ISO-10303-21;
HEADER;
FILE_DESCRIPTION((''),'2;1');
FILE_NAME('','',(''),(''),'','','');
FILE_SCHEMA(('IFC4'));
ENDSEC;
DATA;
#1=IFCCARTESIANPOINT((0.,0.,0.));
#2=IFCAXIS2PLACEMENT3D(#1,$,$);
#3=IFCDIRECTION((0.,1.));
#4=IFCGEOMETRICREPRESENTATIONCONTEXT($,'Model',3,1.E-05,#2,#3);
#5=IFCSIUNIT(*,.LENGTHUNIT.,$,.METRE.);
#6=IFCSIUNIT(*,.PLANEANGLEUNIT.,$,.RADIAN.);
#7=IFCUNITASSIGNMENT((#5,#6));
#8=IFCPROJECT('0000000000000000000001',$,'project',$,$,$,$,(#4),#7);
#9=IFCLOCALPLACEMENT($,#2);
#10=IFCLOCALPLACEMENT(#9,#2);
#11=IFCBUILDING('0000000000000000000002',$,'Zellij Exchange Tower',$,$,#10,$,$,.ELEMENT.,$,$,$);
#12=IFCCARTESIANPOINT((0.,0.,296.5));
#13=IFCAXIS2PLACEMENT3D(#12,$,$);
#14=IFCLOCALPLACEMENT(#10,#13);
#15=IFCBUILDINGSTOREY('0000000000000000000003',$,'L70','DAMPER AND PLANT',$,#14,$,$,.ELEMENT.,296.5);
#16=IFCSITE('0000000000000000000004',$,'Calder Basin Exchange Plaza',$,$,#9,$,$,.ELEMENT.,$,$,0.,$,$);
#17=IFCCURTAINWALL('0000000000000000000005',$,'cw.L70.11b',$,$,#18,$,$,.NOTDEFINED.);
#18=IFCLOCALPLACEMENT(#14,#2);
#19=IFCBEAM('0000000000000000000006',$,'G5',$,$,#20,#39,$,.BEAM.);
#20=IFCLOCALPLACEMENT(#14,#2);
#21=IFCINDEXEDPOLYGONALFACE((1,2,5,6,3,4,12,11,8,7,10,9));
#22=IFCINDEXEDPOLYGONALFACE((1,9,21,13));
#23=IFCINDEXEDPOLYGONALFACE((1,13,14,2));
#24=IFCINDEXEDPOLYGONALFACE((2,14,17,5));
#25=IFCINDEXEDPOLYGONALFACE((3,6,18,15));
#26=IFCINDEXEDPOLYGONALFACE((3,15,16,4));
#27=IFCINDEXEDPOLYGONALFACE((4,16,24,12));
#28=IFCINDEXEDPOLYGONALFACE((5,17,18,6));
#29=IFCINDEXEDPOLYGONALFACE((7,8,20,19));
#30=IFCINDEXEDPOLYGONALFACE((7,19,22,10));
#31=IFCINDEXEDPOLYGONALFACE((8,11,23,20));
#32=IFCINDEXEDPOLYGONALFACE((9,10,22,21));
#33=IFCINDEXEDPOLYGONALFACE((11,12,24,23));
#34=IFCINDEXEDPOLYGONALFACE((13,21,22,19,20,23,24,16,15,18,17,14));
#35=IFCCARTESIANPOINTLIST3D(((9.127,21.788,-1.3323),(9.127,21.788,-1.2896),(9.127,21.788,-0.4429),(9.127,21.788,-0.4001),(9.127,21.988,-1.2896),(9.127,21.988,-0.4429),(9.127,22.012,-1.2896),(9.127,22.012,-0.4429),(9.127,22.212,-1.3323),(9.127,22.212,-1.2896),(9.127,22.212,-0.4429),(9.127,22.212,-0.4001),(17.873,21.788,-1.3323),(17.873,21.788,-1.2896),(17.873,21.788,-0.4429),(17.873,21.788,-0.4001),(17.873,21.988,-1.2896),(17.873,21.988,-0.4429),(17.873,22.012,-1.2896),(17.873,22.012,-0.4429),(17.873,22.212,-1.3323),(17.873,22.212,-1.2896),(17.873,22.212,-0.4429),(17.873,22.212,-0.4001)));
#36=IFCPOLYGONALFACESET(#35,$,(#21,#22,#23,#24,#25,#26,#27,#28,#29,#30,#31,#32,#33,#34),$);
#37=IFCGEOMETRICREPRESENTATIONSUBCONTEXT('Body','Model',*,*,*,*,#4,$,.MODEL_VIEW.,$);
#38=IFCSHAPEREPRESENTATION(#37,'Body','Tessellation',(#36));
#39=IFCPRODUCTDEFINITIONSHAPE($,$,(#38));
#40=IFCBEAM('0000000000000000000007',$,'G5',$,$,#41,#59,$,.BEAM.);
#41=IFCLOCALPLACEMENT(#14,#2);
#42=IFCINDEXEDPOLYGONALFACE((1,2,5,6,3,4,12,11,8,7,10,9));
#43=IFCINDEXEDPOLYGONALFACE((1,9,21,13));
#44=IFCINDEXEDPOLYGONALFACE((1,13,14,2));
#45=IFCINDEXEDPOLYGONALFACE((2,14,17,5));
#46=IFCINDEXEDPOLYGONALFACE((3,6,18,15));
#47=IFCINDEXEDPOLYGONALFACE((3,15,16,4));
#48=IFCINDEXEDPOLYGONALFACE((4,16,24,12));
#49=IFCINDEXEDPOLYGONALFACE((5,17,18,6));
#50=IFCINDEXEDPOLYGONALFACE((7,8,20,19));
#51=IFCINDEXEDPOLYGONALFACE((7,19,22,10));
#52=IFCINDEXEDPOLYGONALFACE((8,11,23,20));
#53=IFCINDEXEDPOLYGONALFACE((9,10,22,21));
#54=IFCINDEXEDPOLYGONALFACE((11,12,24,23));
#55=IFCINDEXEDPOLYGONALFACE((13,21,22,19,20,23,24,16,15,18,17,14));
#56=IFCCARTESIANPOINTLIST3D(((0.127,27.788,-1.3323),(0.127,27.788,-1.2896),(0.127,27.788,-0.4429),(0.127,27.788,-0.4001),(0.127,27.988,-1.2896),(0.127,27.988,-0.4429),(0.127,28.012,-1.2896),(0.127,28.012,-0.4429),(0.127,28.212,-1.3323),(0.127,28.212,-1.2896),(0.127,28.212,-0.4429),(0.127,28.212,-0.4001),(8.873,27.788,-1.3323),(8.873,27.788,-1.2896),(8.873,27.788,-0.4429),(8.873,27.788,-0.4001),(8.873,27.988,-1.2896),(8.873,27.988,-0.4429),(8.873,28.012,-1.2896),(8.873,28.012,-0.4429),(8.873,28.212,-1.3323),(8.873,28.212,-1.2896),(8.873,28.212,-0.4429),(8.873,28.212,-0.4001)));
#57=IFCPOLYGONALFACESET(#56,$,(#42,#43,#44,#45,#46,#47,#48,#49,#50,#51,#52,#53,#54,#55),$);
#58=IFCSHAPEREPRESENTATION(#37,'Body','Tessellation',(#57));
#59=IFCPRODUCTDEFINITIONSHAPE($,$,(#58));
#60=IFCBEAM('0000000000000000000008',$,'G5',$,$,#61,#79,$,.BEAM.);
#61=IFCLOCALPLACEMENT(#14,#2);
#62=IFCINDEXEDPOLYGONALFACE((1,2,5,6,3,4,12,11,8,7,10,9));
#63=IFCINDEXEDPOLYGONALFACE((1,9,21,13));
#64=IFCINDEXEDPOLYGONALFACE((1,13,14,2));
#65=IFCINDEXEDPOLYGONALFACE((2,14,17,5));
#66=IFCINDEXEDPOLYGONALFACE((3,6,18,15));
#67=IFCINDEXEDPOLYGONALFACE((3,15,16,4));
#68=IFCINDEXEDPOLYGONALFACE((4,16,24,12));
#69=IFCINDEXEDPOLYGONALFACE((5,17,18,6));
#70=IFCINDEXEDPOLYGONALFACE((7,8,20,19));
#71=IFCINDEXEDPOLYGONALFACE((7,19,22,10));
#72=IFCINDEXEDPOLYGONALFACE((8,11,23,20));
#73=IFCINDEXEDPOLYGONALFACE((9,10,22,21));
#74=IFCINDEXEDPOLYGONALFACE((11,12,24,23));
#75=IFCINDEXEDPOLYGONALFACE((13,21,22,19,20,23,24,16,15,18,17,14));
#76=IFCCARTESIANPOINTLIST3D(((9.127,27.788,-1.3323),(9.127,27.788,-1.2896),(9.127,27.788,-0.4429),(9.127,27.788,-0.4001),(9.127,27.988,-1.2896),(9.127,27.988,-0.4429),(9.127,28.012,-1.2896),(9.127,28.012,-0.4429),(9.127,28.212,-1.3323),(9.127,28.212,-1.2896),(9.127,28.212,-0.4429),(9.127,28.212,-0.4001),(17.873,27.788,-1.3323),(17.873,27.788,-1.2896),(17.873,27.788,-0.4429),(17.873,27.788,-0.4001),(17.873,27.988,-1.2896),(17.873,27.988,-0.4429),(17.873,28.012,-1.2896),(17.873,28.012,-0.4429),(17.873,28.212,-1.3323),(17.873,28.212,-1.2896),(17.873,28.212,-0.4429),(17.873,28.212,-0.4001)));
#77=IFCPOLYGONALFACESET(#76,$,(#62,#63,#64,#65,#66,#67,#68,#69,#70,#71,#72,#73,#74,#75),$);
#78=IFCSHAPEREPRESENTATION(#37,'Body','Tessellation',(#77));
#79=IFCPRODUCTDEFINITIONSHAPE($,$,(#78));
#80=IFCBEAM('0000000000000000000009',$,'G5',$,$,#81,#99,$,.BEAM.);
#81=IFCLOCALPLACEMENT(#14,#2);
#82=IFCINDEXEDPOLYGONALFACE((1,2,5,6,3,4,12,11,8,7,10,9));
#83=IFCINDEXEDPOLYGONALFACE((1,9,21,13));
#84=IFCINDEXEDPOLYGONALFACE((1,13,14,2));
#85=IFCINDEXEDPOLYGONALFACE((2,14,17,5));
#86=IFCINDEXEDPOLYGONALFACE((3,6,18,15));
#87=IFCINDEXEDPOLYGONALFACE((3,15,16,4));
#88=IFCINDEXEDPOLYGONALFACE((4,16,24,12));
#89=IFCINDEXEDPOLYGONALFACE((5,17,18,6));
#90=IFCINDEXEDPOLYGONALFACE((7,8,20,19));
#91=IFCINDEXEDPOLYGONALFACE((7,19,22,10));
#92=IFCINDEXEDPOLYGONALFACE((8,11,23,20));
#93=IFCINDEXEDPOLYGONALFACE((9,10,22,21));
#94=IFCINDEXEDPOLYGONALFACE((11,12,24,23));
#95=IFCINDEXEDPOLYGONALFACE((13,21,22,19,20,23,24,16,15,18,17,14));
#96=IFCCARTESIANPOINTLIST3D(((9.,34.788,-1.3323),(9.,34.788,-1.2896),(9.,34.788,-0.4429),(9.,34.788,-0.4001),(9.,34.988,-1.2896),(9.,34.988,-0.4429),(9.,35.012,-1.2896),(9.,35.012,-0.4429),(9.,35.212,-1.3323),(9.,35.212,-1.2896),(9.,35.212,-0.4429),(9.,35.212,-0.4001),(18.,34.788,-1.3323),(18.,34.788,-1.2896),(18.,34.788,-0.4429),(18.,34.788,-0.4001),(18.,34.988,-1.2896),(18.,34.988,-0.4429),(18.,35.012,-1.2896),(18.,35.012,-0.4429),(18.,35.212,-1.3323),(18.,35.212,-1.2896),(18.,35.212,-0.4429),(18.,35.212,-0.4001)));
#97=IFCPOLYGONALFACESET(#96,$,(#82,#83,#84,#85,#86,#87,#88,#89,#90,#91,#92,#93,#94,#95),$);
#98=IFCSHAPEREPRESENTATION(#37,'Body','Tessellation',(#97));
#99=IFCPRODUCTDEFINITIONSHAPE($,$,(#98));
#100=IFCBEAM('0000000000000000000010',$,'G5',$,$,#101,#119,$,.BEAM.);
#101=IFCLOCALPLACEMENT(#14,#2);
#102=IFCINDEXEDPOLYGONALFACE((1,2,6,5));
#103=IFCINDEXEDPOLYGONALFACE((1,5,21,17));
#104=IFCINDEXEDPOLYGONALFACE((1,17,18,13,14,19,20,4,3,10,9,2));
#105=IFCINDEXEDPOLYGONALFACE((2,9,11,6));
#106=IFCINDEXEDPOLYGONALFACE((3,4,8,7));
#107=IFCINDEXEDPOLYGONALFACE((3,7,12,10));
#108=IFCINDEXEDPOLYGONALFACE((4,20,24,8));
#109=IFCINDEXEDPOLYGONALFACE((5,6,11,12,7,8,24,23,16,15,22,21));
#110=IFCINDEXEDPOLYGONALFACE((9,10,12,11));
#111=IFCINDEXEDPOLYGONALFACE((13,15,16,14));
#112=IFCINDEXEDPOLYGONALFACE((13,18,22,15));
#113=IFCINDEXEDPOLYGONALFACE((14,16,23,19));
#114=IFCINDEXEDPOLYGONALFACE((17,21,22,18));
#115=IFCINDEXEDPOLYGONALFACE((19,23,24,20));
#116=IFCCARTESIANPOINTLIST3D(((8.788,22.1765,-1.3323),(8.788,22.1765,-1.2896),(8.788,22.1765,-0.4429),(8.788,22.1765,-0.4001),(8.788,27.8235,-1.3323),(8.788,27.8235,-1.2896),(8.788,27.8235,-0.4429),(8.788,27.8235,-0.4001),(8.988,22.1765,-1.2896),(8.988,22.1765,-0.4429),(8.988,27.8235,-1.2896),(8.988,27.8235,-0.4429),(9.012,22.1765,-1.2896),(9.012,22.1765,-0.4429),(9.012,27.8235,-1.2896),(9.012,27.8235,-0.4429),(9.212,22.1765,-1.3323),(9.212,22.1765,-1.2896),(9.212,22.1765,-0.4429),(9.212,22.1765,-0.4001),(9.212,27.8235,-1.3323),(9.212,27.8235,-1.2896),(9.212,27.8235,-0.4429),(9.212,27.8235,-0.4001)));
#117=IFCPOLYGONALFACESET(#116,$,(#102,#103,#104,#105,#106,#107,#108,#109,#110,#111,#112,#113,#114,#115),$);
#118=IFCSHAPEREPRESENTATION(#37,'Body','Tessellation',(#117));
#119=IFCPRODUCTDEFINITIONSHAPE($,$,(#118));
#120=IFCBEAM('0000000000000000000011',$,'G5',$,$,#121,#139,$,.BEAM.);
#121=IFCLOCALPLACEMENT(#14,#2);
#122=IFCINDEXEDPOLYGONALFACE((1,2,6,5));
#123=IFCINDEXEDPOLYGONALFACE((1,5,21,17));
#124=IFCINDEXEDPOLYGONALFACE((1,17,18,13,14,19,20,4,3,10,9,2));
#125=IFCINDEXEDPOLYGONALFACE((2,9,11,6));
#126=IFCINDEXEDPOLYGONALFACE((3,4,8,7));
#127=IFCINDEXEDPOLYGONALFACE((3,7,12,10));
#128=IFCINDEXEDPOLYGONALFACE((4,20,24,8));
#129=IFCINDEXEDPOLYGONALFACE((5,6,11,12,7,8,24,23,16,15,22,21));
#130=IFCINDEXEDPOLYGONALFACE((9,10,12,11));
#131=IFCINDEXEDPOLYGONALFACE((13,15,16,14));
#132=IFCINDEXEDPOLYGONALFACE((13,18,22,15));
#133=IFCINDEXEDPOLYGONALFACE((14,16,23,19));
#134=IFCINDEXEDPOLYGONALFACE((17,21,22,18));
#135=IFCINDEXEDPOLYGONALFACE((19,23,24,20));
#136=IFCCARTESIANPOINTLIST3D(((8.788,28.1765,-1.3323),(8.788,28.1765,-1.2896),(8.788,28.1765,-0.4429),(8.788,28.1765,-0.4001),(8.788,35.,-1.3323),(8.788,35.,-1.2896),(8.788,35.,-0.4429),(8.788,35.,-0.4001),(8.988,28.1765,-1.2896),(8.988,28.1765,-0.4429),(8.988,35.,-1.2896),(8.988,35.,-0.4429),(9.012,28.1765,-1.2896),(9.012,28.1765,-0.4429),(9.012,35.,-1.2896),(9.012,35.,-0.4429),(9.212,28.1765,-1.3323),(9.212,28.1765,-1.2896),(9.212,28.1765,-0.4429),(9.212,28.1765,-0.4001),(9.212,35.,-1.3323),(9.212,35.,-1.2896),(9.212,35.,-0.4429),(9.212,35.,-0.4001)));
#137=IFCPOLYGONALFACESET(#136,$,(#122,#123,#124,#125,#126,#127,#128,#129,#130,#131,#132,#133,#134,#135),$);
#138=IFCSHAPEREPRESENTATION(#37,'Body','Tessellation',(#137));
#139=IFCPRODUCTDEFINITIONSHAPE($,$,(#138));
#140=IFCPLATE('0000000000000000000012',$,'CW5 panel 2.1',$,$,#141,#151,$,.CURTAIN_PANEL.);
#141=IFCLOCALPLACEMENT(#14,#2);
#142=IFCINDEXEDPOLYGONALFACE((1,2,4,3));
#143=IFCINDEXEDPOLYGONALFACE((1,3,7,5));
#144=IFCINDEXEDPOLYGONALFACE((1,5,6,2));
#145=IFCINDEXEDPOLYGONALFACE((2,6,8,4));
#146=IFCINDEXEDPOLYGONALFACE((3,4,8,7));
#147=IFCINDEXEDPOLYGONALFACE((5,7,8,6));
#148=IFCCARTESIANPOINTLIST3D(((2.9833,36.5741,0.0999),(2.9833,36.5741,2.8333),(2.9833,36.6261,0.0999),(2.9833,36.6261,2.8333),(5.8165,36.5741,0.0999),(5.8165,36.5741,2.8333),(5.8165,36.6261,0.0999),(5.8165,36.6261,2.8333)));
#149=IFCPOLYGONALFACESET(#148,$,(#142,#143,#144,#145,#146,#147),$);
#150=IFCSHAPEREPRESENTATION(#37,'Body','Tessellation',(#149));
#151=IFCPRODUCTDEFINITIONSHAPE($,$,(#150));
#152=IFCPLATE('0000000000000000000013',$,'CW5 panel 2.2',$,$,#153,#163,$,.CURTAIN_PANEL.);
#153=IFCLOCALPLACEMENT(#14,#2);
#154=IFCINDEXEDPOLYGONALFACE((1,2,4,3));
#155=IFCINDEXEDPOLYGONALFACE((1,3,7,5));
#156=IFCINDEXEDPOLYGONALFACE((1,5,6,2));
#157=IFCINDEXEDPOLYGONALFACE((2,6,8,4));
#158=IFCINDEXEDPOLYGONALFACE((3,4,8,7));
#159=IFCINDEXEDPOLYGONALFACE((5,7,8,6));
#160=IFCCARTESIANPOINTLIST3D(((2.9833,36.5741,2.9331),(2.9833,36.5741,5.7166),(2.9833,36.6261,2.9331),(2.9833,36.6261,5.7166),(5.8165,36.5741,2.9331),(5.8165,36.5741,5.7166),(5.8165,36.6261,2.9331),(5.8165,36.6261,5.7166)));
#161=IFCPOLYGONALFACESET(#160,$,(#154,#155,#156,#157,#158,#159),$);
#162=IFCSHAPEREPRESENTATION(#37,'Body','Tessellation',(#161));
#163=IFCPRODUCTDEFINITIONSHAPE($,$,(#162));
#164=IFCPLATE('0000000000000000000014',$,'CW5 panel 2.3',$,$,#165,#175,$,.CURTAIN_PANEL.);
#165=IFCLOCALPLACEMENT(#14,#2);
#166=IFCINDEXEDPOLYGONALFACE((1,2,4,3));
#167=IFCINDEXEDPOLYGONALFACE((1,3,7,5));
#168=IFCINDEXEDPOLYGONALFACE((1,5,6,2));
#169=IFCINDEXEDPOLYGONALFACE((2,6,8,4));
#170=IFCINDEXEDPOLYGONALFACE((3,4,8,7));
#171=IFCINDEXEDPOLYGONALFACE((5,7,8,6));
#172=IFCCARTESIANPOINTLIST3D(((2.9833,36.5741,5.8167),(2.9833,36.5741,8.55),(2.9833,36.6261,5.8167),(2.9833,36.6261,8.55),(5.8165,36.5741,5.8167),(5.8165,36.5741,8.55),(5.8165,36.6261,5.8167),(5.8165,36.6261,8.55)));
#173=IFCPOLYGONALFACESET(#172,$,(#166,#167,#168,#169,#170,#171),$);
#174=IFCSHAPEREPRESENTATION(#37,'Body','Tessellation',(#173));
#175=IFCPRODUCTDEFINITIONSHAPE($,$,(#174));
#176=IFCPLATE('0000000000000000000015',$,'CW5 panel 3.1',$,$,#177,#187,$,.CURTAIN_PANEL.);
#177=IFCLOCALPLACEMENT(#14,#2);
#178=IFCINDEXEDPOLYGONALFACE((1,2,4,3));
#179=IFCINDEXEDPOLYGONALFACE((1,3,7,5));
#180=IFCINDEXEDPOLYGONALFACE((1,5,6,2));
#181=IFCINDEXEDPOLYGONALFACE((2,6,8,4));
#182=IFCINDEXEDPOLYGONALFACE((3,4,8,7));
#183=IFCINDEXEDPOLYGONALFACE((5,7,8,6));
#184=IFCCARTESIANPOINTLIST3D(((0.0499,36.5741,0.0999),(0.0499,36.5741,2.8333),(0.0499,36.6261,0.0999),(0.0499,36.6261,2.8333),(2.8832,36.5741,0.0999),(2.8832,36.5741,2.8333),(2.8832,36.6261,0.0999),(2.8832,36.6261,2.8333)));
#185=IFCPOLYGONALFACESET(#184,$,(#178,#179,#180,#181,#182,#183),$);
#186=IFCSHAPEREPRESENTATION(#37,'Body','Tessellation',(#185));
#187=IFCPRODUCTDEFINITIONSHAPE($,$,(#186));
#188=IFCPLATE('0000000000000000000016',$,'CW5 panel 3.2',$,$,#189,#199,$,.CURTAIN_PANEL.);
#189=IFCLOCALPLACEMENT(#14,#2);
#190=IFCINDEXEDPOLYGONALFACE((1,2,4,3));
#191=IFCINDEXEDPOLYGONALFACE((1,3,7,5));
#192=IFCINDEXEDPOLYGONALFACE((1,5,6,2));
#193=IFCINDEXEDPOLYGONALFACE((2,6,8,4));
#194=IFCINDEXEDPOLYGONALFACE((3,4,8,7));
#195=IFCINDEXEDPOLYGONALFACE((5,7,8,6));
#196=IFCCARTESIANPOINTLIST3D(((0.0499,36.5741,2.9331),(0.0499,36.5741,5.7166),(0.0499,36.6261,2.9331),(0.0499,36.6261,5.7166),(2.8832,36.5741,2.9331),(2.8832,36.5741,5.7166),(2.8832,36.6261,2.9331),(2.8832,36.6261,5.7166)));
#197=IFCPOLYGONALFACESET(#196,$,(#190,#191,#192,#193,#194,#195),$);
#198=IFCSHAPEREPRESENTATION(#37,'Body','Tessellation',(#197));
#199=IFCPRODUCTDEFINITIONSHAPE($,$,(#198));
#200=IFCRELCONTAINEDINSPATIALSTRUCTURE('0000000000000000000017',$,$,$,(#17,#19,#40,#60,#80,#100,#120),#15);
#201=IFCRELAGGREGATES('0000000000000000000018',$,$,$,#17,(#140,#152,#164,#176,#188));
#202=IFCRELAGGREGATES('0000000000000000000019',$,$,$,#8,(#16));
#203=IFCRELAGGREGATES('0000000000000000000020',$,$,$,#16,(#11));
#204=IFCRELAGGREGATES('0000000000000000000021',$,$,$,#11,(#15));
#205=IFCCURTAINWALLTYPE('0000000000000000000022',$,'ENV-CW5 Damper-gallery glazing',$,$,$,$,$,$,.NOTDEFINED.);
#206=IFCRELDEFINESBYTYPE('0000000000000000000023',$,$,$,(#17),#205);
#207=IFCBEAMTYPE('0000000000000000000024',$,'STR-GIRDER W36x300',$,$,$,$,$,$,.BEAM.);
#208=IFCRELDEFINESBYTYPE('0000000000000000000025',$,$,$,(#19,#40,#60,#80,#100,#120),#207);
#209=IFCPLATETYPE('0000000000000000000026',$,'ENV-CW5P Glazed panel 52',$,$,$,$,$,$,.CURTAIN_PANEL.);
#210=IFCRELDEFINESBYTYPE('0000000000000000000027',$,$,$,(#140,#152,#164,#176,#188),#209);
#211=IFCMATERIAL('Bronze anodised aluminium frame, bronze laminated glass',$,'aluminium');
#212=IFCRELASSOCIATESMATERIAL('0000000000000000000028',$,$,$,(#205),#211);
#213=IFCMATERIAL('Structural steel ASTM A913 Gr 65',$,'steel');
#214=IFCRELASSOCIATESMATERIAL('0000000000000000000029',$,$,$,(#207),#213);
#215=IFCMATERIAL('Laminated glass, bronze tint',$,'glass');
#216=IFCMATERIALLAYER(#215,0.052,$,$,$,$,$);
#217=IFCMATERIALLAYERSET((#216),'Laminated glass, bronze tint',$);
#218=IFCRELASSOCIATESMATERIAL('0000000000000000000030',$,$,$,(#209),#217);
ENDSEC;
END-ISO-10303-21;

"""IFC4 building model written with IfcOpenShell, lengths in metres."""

from ifc_helpers import new_model, si_unit, direction, frame, origin, origin_2d, place, context, subcontext, project, spatial, rectangle, i_section, extrude, material, layer, layer_set, material_profile, profile_set, type_object, element, aggregate, save


model = new_model("IFC4")

# Units and contexts
model_context = context("Model", 3, precision=1e-05, world=origin(), true_north=direction((0.0, 1.0)))
body_context = subcontext(model_context, "Body", "Model", "MODEL_VIEW")
ifc_project = project(units=[si_unit("LENGTHUNIT", "METRE"), si_unit("PLANEANGLEUNIT", "RADIAN")], contexts=[model_context])

# Site, building, storey
site_placement = place(None, origin())
site = spatial("IfcSite", under=ifc_project, at=site_placement, Name="Calder Basin Exchange Plaza", CompositionType="ELEMENT", RefElevation=0.0)
building_placement = place(site_placement, origin())
building = spatial("IfcBuilding", under=site, at=building_placement, Name="Zellij Exchange Tower", CompositionType="ELEMENT")
storey_placement = place(building_placement, frame((0.0, 0.0, 296.5)))
storey = spatial("IfcBuildingStorey", under=building, at=storey_placement, Name="L70", Description="DAMPER AND PLANT", CompositionType="ELEMENT", Elevation=296.5)

# Curtain wall
ifc_material_1 = material(Name="Bronze anodised aluminium frame, bronze laminated glass", Category="aluminium")
curtain_wall_type = type_object("IfcCurtainWallType", Name="ENV-CW5 Damper-gallery glazing", PredefinedType="NOTDEFINED", material=ifc_material_1)
curtain_wall_placement = place(storey_placement, origin())
curtain_wall = element("IfcCurtainWall", 1, at=curtain_wall_placement, inside=storey, type_object=curtain_wall_type, Name="cw.L70.11b", PredefinedType="NOTDEFINED")

# Beams
ifc_material_2 = material(Name="Structural steel ASTM A913 Gr 65", Category="steel")
ifc_material_profile_1 = material_profile(ifc_material_2, i_section(OverallWidth=0.4241, OverallDepth=0.9321, WebThickness=0.0239, FlangeThickness=0.0427, at=origin_2d()), Name="W36x300")
ifc_profile_set_1 = profile_set([ifc_material_profile_1], Name="Structural steel ASTM A913 Gr 65")
beam_type = type_object("IfcBeamType", Name="STR-GIRDER W36x300", PredefinedType="BEAM", material=ifc_profile_set_1)
for number, where, z_axis, x_axis, name in (
    (2, (9.127, 22.0, -0.8662), (1.0, 0.0, 0.0), (0.0, 1.0, 0.0), "G5"),
    (3, (0.127, 28.0, -0.8662), (1.0, 0.0, 0.0), (0.0, 1.0, 0.0), "G5"),
    (4, (9.127, 28.0, -0.8662), (1.0, 0.0, 0.0), (0.0, 1.0, 0.0), "G5"),
):
    element("IfcBeam", number, at=place(storey_placement, frame(where, z_axis=z_axis, x_axis=x_axis)), inside=storey, type_object=beam_type, Name=name, PredefinedType="BEAM", context=body_context, shape_type="SweptSolid", body=[
        extrude(i_section(OverallWidth=0.4241, OverallDepth=0.9321, WebThickness=0.0239, FlangeThickness=0.0427, at=origin_2d()), origin(), (0.0, 0.0, 1.0), 8.7461),
    ])
beam_1_placement = place(storey_placement, frame((9.0, 35.0, -0.8662), z_axis=(1.0, 0.0, 0.0), x_axis=(0.0, 1.0, 0.0)))
element("IfcBeam", 5, at=beam_1_placement, inside=storey, type_object=beam_type, Name="G5", PredefinedType="BEAM", context=body_context, shape_type="SweptSolid", body=[
    extrude(i_section(OverallWidth=0.4241, OverallDepth=0.9321, WebThickness=0.0239, FlangeThickness=0.0427, at=origin_2d()), origin(), (0.0, 0.0, 1.0), 9.0),
])
beam_2_placement = place(storey_placement, frame((9.0, 22.1765, -0.8662), z_axis=(0.0, 1.0, 0.0), x_axis=(-1.0, 0.0, 0.0)))
element("IfcBeam", 6, at=beam_2_placement, inside=storey, type_object=beam_type, Name="G5", PredefinedType="BEAM", context=body_context, shape_type="SweptSolid", body=[
    extrude(i_section(OverallWidth=0.4241, OverallDepth=0.9321, WebThickness=0.0239, FlangeThickness=0.0427, at=origin_2d()), origin(), (0.0, 0.0, 1.0), 5.647),
])
beam_3_placement = place(storey_placement, frame((9.0, 28.1765, -0.8662), z_axis=(0.0, 1.0, 0.0), x_axis=(-1.0, 0.0, 0.0)))
element("IfcBeam", 7, at=beam_3_placement, inside=storey, type_object=beam_type, Name="G5", PredefinedType="BEAM", context=body_context, shape_type="SweptSolid", body=[
    extrude(i_section(OverallWidth=0.4241, OverallDepth=0.9321, WebThickness=0.0239, FlangeThickness=0.0427, at=origin_2d()), origin(), (0.0, 0.0, 1.0), 6.8235),
])

# Plates
ifc_material_3 = material(Name="Laminated glass, bronze tint", Category="glass")
ifc_layer = layer(ifc_material_3, 0.052)
ifc_layer_set = layer_set([ifc_layer], Name="Laminated glass, bronze tint")
plate_type = type_object("IfcPlateType", Name="ENV-CW5P Glazed panel 52", PredefinedType="CURTAIN_PANEL", material=ifc_layer_set)
plate_1_placement = place(storey_placement, frame((4.3999, 36.6001, 0.0999), z_axis=(0.0, 0.0, 1.0), x_axis=(-1.0, 0.0, 0.0)))
plate_1 = element("IfcPlate", 8, at=plate_1_placement, type_object=plate_type, Name="CW5 panel 2.1", PredefinedType="CURTAIN_PANEL", context=body_context, shape_type="SweptSolid", body=[
    extrude(rectangle(XDim=2.8333, YDim=0.052, at=origin_2d()), origin(), (0.0, 0.0, 1.0), 2.7334),
])
plate_2_placement = place(storey_placement, frame((4.3999, 36.6001, 2.9331), z_axis=(0.0, 0.0, 1.0), x_axis=(-1.0, 0.0, 0.0)))
plate_2 = element("IfcPlate", 9, at=plate_2_placement, type_object=plate_type, Name="CW5 panel 2.2", PredefinedType="CURTAIN_PANEL", context=body_context, shape_type="SweptSolid", body=[
    extrude(rectangle(XDim=2.8333, YDim=0.052, at=origin_2d()), origin(), (0.0, 0.0, 1.0), 2.7834),
])
plate_3_placement = place(storey_placement, frame((4.3999, 36.6001, 5.8167), z_axis=(0.0, 0.0, 1.0), x_axis=(-1.0, 0.0, 0.0)))
plate_3 = element("IfcPlate", 10, at=plate_3_placement, type_object=plate_type, Name="CW5 panel 2.3", PredefinedType="CURTAIN_PANEL", context=body_context, shape_type="SweptSolid", body=[
    extrude(rectangle(XDim=2.8333, YDim=0.052, at=origin_2d()), origin(), (0.0, 0.0, 1.0), 2.7334),
])
plate_4_placement = place(storey_placement, frame((1.4666, 36.6001, 0.0999), z_axis=(0.0, 0.0, 1.0), x_axis=(-1.0, 0.0, 0.0)))
plate_4 = element("IfcPlate", 11, at=plate_4_placement, type_object=plate_type, Name="CW5 panel 3.1", PredefinedType="CURTAIN_PANEL", context=body_context, shape_type="SweptSolid", body=[
    extrude(rectangle(XDim=2.8333, YDim=0.052, at=origin_2d()), origin(), (0.0, 0.0, 1.0), 2.7334),
])
plate_5_placement = place(storey_placement, frame((1.4666, 36.6001, 2.9331), z_axis=(0.0, 0.0, 1.0), x_axis=(-1.0, 0.0, 0.0)))
plate_5 = element("IfcPlate", 12, at=plate_5_placement, type_object=plate_type, Name="CW5 panel 3.2", PredefinedType="CURTAIN_PANEL", context=body_context, shape_type="SweptSolid", body=[
    extrude(rectangle(XDim=2.8333, YDim=0.052, at=origin_2d()), origin(), (0.0, 0.0, 1.0), 2.7834),
])
aggregate(curtain_wall, [plate_1, plate_2, plate_3, plate_4, plate_5])

save(model, "model.ifc")
